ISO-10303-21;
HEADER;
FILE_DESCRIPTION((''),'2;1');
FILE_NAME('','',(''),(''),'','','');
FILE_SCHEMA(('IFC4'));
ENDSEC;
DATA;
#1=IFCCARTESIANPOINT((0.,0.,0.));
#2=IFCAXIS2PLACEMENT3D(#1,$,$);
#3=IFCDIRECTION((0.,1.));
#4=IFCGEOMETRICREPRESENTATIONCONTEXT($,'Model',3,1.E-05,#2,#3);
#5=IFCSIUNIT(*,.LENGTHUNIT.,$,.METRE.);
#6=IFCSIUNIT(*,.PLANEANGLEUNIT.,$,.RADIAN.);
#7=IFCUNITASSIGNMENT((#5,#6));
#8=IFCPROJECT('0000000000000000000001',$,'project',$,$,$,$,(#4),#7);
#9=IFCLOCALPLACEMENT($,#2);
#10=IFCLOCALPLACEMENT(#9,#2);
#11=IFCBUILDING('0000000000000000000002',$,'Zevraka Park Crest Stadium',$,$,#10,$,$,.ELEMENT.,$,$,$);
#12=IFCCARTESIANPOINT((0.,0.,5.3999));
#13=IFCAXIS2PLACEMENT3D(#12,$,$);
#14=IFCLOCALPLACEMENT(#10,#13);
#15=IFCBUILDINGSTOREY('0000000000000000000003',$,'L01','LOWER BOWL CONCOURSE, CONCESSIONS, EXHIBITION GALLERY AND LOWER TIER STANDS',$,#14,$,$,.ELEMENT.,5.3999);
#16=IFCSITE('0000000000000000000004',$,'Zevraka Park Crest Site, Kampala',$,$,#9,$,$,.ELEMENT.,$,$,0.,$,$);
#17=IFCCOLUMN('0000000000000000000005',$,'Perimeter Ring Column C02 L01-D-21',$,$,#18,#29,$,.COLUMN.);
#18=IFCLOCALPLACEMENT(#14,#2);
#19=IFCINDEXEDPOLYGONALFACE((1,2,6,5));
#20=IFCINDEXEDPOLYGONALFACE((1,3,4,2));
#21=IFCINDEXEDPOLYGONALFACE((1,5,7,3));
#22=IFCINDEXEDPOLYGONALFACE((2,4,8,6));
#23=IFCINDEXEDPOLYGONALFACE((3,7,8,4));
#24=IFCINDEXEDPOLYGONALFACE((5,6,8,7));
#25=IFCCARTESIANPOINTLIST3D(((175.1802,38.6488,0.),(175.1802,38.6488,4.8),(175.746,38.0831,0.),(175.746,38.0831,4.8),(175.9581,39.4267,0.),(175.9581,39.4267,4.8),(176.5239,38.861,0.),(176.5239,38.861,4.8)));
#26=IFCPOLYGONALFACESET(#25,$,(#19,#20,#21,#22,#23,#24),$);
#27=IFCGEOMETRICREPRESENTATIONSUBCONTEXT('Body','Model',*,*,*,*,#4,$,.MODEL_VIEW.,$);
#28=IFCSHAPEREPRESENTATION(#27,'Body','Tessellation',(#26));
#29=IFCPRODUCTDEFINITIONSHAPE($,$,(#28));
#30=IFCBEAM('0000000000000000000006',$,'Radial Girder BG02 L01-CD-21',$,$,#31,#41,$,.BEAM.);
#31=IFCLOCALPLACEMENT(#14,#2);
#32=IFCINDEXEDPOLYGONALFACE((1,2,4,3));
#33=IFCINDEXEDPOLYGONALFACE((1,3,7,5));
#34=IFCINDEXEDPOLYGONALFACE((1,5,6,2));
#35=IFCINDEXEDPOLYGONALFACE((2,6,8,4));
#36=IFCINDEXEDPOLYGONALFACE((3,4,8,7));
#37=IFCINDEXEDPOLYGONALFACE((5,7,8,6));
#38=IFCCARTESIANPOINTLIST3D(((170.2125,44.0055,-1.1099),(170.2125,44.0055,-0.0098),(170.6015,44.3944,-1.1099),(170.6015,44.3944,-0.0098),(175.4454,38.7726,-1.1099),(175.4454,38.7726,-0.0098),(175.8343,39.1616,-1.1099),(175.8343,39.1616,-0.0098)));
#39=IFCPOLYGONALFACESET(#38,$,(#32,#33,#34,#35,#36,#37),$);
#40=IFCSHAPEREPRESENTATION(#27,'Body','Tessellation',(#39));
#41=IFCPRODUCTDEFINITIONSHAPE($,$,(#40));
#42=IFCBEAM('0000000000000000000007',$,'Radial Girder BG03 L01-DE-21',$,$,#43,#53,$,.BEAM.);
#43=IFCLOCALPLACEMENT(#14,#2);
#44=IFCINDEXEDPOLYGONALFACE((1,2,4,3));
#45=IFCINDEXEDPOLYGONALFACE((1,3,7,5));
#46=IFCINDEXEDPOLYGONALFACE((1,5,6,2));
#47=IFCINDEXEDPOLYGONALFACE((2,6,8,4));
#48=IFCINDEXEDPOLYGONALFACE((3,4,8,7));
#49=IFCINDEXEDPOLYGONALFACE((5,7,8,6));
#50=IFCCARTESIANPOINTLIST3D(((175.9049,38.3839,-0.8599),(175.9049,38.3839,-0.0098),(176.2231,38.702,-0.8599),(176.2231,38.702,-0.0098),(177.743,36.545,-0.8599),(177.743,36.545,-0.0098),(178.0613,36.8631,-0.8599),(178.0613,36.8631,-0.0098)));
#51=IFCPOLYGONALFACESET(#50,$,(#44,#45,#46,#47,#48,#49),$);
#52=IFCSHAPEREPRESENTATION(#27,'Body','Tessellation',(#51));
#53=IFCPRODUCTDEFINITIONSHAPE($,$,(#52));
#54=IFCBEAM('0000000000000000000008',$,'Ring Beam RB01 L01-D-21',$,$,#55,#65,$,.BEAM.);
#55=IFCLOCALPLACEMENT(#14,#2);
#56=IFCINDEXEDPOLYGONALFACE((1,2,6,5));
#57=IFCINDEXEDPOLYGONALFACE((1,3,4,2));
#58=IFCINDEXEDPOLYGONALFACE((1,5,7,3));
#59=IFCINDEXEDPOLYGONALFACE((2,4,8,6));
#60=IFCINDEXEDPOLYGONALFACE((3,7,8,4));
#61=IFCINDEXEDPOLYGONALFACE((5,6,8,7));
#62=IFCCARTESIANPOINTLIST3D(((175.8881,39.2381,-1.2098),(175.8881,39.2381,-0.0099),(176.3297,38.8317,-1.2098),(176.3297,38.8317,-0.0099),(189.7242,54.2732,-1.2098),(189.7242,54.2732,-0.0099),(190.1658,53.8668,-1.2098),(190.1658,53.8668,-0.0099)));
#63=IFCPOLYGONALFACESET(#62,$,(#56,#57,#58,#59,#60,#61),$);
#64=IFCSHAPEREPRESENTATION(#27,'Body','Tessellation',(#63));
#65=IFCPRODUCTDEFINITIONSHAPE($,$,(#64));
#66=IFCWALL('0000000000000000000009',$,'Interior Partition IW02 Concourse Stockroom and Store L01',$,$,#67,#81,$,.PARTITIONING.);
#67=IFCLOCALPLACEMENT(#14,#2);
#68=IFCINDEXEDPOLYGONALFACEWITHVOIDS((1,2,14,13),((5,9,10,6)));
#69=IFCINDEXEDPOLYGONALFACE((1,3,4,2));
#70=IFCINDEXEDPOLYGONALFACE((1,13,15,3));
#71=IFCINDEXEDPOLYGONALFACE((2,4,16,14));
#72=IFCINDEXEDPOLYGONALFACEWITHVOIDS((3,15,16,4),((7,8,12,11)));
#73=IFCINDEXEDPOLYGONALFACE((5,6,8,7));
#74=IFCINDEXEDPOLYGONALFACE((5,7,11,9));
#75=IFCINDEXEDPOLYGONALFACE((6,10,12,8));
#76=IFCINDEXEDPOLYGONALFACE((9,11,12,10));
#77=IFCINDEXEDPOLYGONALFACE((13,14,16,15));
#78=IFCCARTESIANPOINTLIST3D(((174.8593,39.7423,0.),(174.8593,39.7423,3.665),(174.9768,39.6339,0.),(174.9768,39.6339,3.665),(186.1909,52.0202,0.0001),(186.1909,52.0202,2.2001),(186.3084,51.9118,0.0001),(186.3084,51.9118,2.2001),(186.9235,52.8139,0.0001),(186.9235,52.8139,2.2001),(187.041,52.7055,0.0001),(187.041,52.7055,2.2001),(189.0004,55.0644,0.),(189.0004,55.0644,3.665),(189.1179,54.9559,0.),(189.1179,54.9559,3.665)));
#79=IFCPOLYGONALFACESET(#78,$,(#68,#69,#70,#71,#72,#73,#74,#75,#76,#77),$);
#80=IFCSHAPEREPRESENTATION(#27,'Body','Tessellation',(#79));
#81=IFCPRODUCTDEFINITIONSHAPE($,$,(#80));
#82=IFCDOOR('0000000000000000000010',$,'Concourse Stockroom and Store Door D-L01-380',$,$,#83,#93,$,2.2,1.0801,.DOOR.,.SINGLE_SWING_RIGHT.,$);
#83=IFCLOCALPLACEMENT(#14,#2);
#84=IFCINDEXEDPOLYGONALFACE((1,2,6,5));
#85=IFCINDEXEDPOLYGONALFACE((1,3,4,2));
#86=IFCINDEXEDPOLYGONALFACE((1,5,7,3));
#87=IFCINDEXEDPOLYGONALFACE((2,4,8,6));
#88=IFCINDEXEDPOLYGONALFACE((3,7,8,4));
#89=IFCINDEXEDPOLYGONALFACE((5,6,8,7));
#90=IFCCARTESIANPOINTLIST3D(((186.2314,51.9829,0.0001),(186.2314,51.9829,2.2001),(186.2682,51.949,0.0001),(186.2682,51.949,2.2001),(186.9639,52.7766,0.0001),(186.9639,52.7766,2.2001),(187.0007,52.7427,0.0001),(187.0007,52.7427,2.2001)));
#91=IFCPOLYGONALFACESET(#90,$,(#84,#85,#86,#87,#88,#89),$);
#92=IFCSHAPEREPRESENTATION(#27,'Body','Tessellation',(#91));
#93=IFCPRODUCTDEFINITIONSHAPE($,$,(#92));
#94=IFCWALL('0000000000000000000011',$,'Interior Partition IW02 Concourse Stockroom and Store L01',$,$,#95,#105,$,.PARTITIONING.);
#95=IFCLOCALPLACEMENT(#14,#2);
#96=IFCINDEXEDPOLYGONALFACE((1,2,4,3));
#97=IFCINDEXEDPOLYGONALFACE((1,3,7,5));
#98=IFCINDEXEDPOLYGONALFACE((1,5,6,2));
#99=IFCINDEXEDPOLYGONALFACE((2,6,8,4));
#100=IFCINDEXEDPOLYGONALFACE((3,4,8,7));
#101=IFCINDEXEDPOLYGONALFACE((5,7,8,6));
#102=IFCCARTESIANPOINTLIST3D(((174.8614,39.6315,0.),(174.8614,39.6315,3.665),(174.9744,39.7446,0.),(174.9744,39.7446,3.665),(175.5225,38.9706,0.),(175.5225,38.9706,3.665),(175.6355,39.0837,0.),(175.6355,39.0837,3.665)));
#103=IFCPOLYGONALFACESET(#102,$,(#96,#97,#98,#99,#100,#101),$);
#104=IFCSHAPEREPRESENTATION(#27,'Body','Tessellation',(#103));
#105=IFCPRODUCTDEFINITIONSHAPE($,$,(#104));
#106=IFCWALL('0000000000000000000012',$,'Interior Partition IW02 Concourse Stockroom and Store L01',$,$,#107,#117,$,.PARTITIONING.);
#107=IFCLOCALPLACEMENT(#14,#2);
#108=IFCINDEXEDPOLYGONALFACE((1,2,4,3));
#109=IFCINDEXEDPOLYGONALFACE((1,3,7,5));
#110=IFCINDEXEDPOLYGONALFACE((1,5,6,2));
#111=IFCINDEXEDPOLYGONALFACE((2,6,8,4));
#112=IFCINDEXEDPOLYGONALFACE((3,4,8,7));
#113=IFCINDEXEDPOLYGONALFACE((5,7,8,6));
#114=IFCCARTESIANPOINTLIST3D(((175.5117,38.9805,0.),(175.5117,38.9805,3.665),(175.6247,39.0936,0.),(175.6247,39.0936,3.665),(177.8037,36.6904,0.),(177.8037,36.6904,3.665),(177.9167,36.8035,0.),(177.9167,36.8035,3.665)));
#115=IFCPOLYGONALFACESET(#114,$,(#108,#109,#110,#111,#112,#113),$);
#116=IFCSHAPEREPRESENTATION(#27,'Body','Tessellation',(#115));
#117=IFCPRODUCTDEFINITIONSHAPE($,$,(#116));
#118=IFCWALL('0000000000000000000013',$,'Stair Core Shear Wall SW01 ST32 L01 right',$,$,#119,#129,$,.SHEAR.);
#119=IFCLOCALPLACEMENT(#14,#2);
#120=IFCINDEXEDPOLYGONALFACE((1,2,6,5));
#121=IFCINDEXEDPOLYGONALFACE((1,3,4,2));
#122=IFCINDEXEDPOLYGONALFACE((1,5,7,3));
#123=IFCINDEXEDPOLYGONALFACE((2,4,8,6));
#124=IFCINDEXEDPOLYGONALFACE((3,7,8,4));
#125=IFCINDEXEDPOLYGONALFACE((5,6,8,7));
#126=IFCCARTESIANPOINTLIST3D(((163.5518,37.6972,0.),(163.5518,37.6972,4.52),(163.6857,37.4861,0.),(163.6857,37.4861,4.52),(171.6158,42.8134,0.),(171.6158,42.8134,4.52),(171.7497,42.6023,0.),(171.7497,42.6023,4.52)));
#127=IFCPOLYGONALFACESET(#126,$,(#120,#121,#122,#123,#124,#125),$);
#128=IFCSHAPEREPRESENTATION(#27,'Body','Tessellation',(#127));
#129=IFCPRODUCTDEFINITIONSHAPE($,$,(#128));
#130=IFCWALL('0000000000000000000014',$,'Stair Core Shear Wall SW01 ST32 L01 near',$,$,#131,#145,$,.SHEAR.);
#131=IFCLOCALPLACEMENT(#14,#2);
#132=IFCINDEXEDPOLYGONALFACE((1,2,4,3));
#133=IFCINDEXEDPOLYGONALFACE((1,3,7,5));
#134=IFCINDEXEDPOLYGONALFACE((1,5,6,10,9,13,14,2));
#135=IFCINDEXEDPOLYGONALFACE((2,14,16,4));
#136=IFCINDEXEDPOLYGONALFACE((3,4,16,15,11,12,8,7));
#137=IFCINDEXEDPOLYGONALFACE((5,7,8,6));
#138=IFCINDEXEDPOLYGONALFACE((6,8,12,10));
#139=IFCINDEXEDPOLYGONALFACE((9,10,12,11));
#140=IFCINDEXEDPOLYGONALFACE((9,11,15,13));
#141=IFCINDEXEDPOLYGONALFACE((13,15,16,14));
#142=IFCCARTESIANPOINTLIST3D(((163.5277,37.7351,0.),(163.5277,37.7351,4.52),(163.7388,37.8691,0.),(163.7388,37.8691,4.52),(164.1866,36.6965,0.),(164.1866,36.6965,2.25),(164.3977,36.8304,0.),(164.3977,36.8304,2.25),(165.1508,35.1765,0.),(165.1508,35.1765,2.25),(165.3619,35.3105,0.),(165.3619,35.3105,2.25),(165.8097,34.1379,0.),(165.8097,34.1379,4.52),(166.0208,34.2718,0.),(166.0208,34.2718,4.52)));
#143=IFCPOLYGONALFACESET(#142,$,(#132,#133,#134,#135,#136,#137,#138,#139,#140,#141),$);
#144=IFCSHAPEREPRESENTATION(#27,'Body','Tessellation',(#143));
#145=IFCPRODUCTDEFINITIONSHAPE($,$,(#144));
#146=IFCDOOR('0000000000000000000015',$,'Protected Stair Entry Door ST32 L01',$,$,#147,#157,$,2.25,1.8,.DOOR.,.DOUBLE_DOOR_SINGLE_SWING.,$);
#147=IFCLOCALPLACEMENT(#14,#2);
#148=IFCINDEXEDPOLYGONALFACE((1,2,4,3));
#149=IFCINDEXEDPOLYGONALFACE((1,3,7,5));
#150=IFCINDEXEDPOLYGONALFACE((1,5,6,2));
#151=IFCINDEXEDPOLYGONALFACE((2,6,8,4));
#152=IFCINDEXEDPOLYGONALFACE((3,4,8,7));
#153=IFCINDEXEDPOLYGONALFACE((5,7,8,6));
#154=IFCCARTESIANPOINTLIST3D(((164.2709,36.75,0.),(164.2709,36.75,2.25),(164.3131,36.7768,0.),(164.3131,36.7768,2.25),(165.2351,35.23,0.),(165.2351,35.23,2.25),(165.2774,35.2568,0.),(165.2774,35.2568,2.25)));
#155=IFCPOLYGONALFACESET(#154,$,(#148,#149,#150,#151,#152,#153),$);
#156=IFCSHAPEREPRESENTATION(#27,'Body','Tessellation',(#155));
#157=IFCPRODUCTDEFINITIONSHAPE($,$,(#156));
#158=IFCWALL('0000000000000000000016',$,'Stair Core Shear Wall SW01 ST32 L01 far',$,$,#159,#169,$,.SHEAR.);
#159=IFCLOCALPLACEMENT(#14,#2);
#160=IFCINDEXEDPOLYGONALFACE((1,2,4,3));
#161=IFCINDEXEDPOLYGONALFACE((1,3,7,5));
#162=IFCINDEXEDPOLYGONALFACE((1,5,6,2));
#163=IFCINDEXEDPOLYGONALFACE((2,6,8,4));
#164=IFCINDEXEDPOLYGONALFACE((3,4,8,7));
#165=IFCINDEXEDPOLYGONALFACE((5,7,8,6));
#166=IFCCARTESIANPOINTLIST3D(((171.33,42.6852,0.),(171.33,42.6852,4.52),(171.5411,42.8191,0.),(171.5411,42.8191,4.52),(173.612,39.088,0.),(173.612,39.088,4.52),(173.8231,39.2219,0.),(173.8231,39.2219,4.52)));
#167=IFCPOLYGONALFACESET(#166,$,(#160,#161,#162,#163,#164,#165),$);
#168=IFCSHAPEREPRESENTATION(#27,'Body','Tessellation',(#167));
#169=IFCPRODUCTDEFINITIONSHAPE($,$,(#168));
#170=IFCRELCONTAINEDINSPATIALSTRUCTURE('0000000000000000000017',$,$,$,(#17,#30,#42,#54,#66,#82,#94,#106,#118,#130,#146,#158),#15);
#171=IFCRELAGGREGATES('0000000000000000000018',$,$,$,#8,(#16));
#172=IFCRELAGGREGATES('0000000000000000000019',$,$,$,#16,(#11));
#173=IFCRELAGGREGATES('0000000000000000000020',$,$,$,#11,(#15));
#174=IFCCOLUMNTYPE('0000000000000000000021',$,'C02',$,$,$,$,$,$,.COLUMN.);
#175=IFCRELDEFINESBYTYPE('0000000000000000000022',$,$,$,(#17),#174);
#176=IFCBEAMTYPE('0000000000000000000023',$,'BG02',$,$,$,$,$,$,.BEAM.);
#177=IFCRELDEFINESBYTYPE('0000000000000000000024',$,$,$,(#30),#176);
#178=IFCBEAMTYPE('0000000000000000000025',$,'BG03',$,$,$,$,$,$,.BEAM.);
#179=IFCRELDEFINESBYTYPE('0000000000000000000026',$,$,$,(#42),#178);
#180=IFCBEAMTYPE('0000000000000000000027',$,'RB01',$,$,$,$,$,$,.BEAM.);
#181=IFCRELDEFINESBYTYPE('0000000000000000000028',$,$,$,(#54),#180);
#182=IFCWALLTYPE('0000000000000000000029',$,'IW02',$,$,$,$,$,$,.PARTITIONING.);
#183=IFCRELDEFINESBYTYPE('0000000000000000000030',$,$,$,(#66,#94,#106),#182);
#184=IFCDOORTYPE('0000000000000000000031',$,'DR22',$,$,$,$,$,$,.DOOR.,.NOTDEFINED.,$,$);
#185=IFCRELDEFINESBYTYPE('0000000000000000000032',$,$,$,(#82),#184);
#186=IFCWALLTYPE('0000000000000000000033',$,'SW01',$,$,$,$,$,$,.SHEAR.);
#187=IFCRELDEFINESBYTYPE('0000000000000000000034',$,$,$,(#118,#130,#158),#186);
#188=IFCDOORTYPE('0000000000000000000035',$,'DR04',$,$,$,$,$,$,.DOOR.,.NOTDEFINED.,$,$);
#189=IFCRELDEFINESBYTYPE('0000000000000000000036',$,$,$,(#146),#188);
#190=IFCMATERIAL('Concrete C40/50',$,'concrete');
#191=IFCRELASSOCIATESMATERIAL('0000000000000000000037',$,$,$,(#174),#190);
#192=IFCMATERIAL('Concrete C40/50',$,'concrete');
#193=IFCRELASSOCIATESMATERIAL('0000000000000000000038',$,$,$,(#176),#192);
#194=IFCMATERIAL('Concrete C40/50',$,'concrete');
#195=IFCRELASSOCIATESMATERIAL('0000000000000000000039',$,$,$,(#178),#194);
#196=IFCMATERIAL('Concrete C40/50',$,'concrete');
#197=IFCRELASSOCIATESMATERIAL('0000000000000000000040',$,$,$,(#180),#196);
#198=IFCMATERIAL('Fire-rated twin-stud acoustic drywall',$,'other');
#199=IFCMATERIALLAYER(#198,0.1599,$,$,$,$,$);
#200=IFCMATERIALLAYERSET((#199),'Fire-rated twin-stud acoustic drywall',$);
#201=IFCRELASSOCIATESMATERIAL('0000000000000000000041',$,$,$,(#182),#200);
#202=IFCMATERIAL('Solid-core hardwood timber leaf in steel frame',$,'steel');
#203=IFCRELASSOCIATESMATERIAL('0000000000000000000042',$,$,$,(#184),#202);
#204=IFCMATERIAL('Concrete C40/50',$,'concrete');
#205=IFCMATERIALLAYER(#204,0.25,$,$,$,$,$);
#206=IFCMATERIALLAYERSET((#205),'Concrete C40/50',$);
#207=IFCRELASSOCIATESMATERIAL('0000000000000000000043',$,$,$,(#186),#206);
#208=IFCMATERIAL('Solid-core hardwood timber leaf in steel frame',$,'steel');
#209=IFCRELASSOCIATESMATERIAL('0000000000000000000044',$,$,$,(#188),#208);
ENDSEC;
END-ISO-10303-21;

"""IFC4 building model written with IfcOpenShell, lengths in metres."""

from ifc_helpers import new_model, si_unit, direction, frame, frame_2d, origin, origin_2d, place, context, subcontext, project, spatial, rectangle, extrude, material, layer, layer_set, material_profile, profile_set, type_object, element, fill, save


model = new_model("IFC4")

# Units and contexts
model_context = context("Model", 3, precision=1e-05, world=origin(), true_north=direction((0.0, 1.0)))
body_context = subcontext(model_context, "Body", "Model", "MODEL_VIEW")
ifc_project = project(units=[si_unit("LENGTHUNIT", "METRE"), si_unit("PLANEANGLEUNIT", "RADIAN")], contexts=[model_context])

# Site, building, storey
site_placement = place(None, origin())
site = spatial("IfcSite", under=ifc_project, at=site_placement, Name="Zevraka Park Crest Site, Kampala", CompositionType="ELEMENT", RefElevation=0.0)
building_placement = place(site_placement, origin())
building = spatial("IfcBuilding", under=site, at=building_placement, Name="Zevraka Park Crest Stadium", CompositionType="ELEMENT")
storey_placement = place(building_placement, frame((0.0, 0.0, 5.3999)))
storey = spatial("IfcBuildingStorey", under=building, at=storey_placement, Name="L01", Description="LOWER BOWL CONCOURSE, CONCESSIONS, EXHIBITION GALLERY AND LOWER TIER STANDS", CompositionType="ELEMENT", Elevation=5.3999)

# Column
ifc_material_1 = material(Name="Concrete C40/50", Category="concrete")
ifc_material_profile_1 = material_profile(ifc_material_1, rectangle(XDim=0.8, YDim=1.1001, at=origin_2d()), Name="RC 1100x800")
ifc_profile_set_1 = profile_set([ifc_material_profile_1], Name="Concrete C40/50")
column_type = type_object("IfcColumnType", Name="C02", PredefinedType="COLUMN", material=ifc_profile_set_1)
column_placement = place(storey_placement, frame((175.8521, 38.7549, 0.0), z_axis=(0.0, 0.0, 1.0), x_axis=(-0.707107, 0.707107, 0.0)))
element("IfcColumn", 1, at=column_placement, inside=storey, type_object=column_type, Name="Perimeter Ring Column C02 L01-D-21", PredefinedType="COLUMN", context=body_context, shape_type="SweptSolid", body=[
    extrude(rectangle(XDim=0.8, YDim=1.1001, at=origin_2d()), origin(), (0.0, 0.0, 1.0), 4.8),
])

# Beams
ifc_material_2 = material(Name="Concrete C40/50", Category="concrete")
ifc_material_profile_2 = material_profile(ifc_material_2, rectangle(XDim=0.55, YDim=1.1001, at=origin_2d()), Name="RC 1100x550")
ifc_profile_set_2 = profile_set([ifc_material_profile_2], Name="Concrete C40/50")
beam_type_1 = type_object("IfcBeamType", Name="BG02", PredefinedType="BEAM", material=ifc_profile_set_2)
beam_1_placement = place(storey_placement, frame((170.407, 44.2, -0.5598), z_axis=(0.707107, -0.707107, 0.0), x_axis=(0.707107, 0.707107, 0.0)))
element("IfcBeam", 2, at=beam_1_placement, inside=storey, type_object=beam_type_1, Name="Radial Girder BG02 L01-CD-21", PredefinedType="BEAM", context=body_context, shape_type="SweptSolid", body=[
    extrude(rectangle(XDim=0.55, YDim=1.1001, at=origin_2d()), origin(), (0.0, 0.0, 1.0), 7.4004),
])
ifc_material_3 = material(Name="Concrete C40/50", Category="concrete")
ifc_material_profile_3 = material_profile(ifc_material_3, rectangle(XDim=0.45, YDim=0.8501, at=origin_2d()), Name="RC 850x450")
ifc_profile_set_3 = profile_set([ifc_material_profile_3], Name="Concrete C40/50")
beam_type_2 = type_object("IfcBeamType", Name="BG03", PredefinedType="BEAM", material=ifc_profile_set_3)
beam_2_placement = place(storey_placement, frame((176.064, 38.543, -0.4348), z_axis=(0.706966, -0.707248, 0.0), x_axis=(0.707248, 0.706966, 0.0)))
element("IfcBeam", 3, at=beam_2_placement, inside=storey, type_object=beam_type_2, Name="Radial Girder BG03 L01-DE-21", PredefinedType="BEAM", context=body_context, shape_type="SweptSolid", body=[
    extrude(rectangle(XDim=0.45, YDim=0.8501, at=origin_2d()), origin(), (0.0, 0.0, 1.0), 2.6001),
])
ifc_material_4 = material(Name="Concrete C40/50", Category="concrete")
ifc_material_profile_4 = material_profile(ifc_material_4, rectangle(XDim=0.6001, YDim=1.2, at=origin_2d()), Name="RC 1200x600")
ifc_profile_set_4 = profile_set([ifc_material_profile_4], Name="Concrete C40/50")
beam_type_3 = type_object("IfcBeamType", Name="RB01", PredefinedType="BEAM", material=ifc_profile_set_4)
beam_3_placement = place(storey_placement, frame((176.1089, 39.0349, -0.6099), z_axis=(0.677158, 0.735837, 0.0), x_axis=(-0.735837, 0.677158, 0.0)))
element("IfcBeam", 4, at=beam_3_placement, inside=storey, type_object=beam_type_3, Name="Ring Beam RB01 L01-D-21", PredefinedType="BEAM", context=body_context, shape_type="SweptSolid", body=[
    extrude(rectangle(XDim=0.6001, YDim=1.2, at=origin_2d()), origin(), (0.0, 0.0, 1.0), 20.4326),
])

# Wall, opening, door
ifc_material_5 = material(Name="Fire-rated twin-stud acoustic drywall", Category="other")
ifc_layer_1 = layer(ifc_material_5, 0.1599)
ifc_layer_set_1 = layer_set([ifc_layer_1], Name="Fire-rated twin-stud acoustic drywall")
wall_type_1 = type_object("IfcWallType", Name="IW02", PredefinedType="PARTITIONING", material=ifc_layer_set_1)
wall_1_placement = place(storey_placement, frame((174.918, 39.688, 0.0), z_axis=(0.0, 0.0, 1.0), x_axis=(0.678221, 0.734858, 0.0)))
wall_1 = element("IfcWall", 5, at=wall_1_placement, inside=storey, type_object=wall_type_1, Name="Interior Partition IW02 Concourse Stockroom and Store L01", PredefinedType="PARTITIONING", context=body_context, shape_type="SweptSolid", body=[
    extrude(rectangle(XDim=20.8503, YDim=0.1599, at=frame_2d((10.4253, 0.0))), origin(), (0.0, 0.0, 1.0), 3.665),
])
opening_1_placement = place(wall_1_placement, frame((16.708, 0.0, 0.0)))
opening_1 = element("IfcOpeningElement", 6, at=opening_1_placement, cuts=wall_1, PredefinedType="OPENING", context=body_context, shape_type="SweptSolid", body=[
    extrude(rectangle(XDim=1.0801, YDim=2.2, at=frame_2d((0.54, 1.1001))), frame((0.0, 0.0898, 0.0), z_axis=(0.0, -1.0, 0.0), x_axis=(1.0, 0.0, 0.0)), (0.0, 0.0, 1.0), 0.1799),
])
ifc_material_6 = material(Name="Solid-core hardwood timber leaf in steel frame", Category="steel")
door_type_1 = type_object("IfcDoorType", Name="DR22", OperationType="NOTDEFINED", PredefinedType="DOOR", material=ifc_material_6)
door_1_placement = place(opening_1_placement, origin())
door_1 = element("IfcDoor", 7, at=door_1_placement, inside=storey, type_object=door_type_1, Name="Concourse Stockroom and Store Door D-L01-380", OperationType="SINGLE_SWING_RIGHT", OverallHeight=2.2, OverallWidth=1.0801, PredefinedType="DOOR", context=body_context, shape_type="SweptSolid", body=[
    extrude(rectangle(XDim=1.0801, YDim=2.2, at=frame_2d((0.54, 1.1001))), frame((0.0, 0.0249, 0.0), z_axis=(0.0, -1.0, 0.0), x_axis=(1.0, 0.0, 0.0)), (0.0, 0.0, 1.0), 0.05),
])
fill(opening_1, door_1)

# Walls
wall_2_placement = place(storey_placement, frame((174.918, 39.688, 0.0), z_axis=(0.0, 0.0, 1.0), x_axis=(0.707237, -0.706976, 0.0)))
element("IfcWall", 8, at=wall_2_placement, inside=storey, type_object=wall_type_1, Name="Interior Partition IW02 Concourse Stockroom and Store L01", PredefinedType="PARTITIONING", context=body_context, shape_type="SweptSolid", body=[
    extrude(rectangle(XDim=0.9348, YDim=0.1599, at=frame_2d((0.4673, 0.0))), origin(), (0.0, 0.0, 1.0), 3.665),
])
wall_3_placement = place(storey_placement, frame((175.5681, 39.0371, 0.0), z_axis=(0.0, 0.0, 1.0), x_axis=(0.707408, -0.706805, 0.0)))
element("IfcWall", 9, at=wall_3_placement, inside=storey, type_object=wall_type_1, Name="Interior Partition IW02 Concourse Stockroom and Store L01", PredefinedType="PARTITIONING", context=body_context, shape_type="SweptSolid", body=[
    extrude(rectangle(XDim=3.24, YDim=0.1599, at=frame_2d((1.6201, 0.0))), origin(), (0.0, 0.0, 1.0), 3.665),
])
ifc_material_7 = material(Name="Concrete C40/50", Category="concrete")
ifc_layer_2 = layer(ifc_material_7, 0.25)
ifc_layer_set_2 = layer_set([ifc_layer_2], Name="Concrete C40/50")
wall_type_2 = type_object("IfcWallType", Name="SW01", PredefinedType="SHEAR", material=ifc_layer_set_2)
wall_4_placement = place(storey_placement, frame((171.6826, 42.7078, 0.0), z_axis=(0.0, 0.0, 1.0), x_axis=(-0.844391, -0.535727, 0.0)))
element("IfcWall", 10, at=wall_4_placement, inside=storey, type_object=wall_type_2, Name="Stair Core Shear Wall SW01 ST32 L01 right", PredefinedType="SHEAR", context=body_context, shape_type="SweptSolid", body=[
    extrude(rectangle(XDim=9.55, YDim=0.25, at=frame_2d((4.7749, 0.0))), origin(), (0.0, 0.0, 1.0), 4.52),
])

# Wall, opening, door
wall_5_placement = place(storey_placement, frame((163.6333, 37.802, 0.0), z_axis=(0.0, 0.0, 1.0), x_axis=(0.535685, -0.844418, 0.0)))
wall_5 = element("IfcWall", 11, at=wall_5_placement, inside=storey, type_object=wall_type_2, Name="Stair Core Shear Wall SW01 ST32 L01 near", PredefinedType="SHEAR", context=body_context, shape_type="SweptSolid", body=[
    extrude(rectangle(XDim=4.26, YDim=0.25, at=frame_2d((2.1299, 0.0))), origin(), (0.0, 0.0, 1.0), 4.52),
])
opening_2_placement = place(wall_5_placement, frame((1.23, 0.0, 0.0)))
opening_2 = element("IfcOpeningElement", 12, at=opening_2_placement, cuts=wall_5, PredefinedType="OPENING", context=body_context, shape_type="SweptSolid", body=[
    extrude(rectangle(XDim=1.8, YDim=2.25, at=frame_2d((0.8999, 1.125))), frame((0.0, 0.135, 0.0), z_axis=(0.0, -1.0, 0.0), x_axis=(1.0, 0.0, 0.0)), (0.0, 0.0, 1.0), 0.27),
])
ifc_material_8 = material(Name="Solid-core hardwood timber leaf in steel frame", Category="steel")
door_type_2 = type_object("IfcDoorType", Name="DR04", OperationType="NOTDEFINED", PredefinedType="DOOR", material=ifc_material_8)
door_2_placement = place(opening_2_placement, origin())
door_2 = element("IfcDoor", 13, at=door_2_placement, inside=storey, type_object=door_type_2, Name="Protected Stair Entry Door ST32 L01", OperationType="DOUBLE_DOOR_SINGLE_SWING", OverallHeight=2.25, OverallWidth=1.8, PredefinedType="DOOR", context=body_context, shape_type="SweptSolid", body=[
    extrude(rectangle(XDim=1.8, YDim=2.25, at=frame_2d((0.8999, 1.125))), frame((0.0, 0.0249, 0.0), z_axis=(0.0, -1.0, 0.0), x_axis=(1.0, 0.0, 0.0)), (0.0, 0.0, 1.0), 0.05),
])
fill(opening_2, door_2)

# Wall
wall_6_placement = place(storey_placement, frame((173.7175, 39.155, 0.0), z_axis=(0.0, 0.0, 1.0), x_axis=(-0.535685, 0.844418, 0.0)))
element("IfcWall", 14, at=wall_6_placement, inside=storey, type_object=wall_type_2, Name="Stair Core Shear Wall SW01 ST32 L01 far", PredefinedType="SHEAR", context=body_context, shape_type="SweptSolid", body=[
    extrude(rectangle(XDim=4.26, YDim=0.25, at=frame_2d((2.1299, 0.0))), origin(), (0.0, 0.0, 1.0), 4.52),
])

save(model, "model.ifc")
